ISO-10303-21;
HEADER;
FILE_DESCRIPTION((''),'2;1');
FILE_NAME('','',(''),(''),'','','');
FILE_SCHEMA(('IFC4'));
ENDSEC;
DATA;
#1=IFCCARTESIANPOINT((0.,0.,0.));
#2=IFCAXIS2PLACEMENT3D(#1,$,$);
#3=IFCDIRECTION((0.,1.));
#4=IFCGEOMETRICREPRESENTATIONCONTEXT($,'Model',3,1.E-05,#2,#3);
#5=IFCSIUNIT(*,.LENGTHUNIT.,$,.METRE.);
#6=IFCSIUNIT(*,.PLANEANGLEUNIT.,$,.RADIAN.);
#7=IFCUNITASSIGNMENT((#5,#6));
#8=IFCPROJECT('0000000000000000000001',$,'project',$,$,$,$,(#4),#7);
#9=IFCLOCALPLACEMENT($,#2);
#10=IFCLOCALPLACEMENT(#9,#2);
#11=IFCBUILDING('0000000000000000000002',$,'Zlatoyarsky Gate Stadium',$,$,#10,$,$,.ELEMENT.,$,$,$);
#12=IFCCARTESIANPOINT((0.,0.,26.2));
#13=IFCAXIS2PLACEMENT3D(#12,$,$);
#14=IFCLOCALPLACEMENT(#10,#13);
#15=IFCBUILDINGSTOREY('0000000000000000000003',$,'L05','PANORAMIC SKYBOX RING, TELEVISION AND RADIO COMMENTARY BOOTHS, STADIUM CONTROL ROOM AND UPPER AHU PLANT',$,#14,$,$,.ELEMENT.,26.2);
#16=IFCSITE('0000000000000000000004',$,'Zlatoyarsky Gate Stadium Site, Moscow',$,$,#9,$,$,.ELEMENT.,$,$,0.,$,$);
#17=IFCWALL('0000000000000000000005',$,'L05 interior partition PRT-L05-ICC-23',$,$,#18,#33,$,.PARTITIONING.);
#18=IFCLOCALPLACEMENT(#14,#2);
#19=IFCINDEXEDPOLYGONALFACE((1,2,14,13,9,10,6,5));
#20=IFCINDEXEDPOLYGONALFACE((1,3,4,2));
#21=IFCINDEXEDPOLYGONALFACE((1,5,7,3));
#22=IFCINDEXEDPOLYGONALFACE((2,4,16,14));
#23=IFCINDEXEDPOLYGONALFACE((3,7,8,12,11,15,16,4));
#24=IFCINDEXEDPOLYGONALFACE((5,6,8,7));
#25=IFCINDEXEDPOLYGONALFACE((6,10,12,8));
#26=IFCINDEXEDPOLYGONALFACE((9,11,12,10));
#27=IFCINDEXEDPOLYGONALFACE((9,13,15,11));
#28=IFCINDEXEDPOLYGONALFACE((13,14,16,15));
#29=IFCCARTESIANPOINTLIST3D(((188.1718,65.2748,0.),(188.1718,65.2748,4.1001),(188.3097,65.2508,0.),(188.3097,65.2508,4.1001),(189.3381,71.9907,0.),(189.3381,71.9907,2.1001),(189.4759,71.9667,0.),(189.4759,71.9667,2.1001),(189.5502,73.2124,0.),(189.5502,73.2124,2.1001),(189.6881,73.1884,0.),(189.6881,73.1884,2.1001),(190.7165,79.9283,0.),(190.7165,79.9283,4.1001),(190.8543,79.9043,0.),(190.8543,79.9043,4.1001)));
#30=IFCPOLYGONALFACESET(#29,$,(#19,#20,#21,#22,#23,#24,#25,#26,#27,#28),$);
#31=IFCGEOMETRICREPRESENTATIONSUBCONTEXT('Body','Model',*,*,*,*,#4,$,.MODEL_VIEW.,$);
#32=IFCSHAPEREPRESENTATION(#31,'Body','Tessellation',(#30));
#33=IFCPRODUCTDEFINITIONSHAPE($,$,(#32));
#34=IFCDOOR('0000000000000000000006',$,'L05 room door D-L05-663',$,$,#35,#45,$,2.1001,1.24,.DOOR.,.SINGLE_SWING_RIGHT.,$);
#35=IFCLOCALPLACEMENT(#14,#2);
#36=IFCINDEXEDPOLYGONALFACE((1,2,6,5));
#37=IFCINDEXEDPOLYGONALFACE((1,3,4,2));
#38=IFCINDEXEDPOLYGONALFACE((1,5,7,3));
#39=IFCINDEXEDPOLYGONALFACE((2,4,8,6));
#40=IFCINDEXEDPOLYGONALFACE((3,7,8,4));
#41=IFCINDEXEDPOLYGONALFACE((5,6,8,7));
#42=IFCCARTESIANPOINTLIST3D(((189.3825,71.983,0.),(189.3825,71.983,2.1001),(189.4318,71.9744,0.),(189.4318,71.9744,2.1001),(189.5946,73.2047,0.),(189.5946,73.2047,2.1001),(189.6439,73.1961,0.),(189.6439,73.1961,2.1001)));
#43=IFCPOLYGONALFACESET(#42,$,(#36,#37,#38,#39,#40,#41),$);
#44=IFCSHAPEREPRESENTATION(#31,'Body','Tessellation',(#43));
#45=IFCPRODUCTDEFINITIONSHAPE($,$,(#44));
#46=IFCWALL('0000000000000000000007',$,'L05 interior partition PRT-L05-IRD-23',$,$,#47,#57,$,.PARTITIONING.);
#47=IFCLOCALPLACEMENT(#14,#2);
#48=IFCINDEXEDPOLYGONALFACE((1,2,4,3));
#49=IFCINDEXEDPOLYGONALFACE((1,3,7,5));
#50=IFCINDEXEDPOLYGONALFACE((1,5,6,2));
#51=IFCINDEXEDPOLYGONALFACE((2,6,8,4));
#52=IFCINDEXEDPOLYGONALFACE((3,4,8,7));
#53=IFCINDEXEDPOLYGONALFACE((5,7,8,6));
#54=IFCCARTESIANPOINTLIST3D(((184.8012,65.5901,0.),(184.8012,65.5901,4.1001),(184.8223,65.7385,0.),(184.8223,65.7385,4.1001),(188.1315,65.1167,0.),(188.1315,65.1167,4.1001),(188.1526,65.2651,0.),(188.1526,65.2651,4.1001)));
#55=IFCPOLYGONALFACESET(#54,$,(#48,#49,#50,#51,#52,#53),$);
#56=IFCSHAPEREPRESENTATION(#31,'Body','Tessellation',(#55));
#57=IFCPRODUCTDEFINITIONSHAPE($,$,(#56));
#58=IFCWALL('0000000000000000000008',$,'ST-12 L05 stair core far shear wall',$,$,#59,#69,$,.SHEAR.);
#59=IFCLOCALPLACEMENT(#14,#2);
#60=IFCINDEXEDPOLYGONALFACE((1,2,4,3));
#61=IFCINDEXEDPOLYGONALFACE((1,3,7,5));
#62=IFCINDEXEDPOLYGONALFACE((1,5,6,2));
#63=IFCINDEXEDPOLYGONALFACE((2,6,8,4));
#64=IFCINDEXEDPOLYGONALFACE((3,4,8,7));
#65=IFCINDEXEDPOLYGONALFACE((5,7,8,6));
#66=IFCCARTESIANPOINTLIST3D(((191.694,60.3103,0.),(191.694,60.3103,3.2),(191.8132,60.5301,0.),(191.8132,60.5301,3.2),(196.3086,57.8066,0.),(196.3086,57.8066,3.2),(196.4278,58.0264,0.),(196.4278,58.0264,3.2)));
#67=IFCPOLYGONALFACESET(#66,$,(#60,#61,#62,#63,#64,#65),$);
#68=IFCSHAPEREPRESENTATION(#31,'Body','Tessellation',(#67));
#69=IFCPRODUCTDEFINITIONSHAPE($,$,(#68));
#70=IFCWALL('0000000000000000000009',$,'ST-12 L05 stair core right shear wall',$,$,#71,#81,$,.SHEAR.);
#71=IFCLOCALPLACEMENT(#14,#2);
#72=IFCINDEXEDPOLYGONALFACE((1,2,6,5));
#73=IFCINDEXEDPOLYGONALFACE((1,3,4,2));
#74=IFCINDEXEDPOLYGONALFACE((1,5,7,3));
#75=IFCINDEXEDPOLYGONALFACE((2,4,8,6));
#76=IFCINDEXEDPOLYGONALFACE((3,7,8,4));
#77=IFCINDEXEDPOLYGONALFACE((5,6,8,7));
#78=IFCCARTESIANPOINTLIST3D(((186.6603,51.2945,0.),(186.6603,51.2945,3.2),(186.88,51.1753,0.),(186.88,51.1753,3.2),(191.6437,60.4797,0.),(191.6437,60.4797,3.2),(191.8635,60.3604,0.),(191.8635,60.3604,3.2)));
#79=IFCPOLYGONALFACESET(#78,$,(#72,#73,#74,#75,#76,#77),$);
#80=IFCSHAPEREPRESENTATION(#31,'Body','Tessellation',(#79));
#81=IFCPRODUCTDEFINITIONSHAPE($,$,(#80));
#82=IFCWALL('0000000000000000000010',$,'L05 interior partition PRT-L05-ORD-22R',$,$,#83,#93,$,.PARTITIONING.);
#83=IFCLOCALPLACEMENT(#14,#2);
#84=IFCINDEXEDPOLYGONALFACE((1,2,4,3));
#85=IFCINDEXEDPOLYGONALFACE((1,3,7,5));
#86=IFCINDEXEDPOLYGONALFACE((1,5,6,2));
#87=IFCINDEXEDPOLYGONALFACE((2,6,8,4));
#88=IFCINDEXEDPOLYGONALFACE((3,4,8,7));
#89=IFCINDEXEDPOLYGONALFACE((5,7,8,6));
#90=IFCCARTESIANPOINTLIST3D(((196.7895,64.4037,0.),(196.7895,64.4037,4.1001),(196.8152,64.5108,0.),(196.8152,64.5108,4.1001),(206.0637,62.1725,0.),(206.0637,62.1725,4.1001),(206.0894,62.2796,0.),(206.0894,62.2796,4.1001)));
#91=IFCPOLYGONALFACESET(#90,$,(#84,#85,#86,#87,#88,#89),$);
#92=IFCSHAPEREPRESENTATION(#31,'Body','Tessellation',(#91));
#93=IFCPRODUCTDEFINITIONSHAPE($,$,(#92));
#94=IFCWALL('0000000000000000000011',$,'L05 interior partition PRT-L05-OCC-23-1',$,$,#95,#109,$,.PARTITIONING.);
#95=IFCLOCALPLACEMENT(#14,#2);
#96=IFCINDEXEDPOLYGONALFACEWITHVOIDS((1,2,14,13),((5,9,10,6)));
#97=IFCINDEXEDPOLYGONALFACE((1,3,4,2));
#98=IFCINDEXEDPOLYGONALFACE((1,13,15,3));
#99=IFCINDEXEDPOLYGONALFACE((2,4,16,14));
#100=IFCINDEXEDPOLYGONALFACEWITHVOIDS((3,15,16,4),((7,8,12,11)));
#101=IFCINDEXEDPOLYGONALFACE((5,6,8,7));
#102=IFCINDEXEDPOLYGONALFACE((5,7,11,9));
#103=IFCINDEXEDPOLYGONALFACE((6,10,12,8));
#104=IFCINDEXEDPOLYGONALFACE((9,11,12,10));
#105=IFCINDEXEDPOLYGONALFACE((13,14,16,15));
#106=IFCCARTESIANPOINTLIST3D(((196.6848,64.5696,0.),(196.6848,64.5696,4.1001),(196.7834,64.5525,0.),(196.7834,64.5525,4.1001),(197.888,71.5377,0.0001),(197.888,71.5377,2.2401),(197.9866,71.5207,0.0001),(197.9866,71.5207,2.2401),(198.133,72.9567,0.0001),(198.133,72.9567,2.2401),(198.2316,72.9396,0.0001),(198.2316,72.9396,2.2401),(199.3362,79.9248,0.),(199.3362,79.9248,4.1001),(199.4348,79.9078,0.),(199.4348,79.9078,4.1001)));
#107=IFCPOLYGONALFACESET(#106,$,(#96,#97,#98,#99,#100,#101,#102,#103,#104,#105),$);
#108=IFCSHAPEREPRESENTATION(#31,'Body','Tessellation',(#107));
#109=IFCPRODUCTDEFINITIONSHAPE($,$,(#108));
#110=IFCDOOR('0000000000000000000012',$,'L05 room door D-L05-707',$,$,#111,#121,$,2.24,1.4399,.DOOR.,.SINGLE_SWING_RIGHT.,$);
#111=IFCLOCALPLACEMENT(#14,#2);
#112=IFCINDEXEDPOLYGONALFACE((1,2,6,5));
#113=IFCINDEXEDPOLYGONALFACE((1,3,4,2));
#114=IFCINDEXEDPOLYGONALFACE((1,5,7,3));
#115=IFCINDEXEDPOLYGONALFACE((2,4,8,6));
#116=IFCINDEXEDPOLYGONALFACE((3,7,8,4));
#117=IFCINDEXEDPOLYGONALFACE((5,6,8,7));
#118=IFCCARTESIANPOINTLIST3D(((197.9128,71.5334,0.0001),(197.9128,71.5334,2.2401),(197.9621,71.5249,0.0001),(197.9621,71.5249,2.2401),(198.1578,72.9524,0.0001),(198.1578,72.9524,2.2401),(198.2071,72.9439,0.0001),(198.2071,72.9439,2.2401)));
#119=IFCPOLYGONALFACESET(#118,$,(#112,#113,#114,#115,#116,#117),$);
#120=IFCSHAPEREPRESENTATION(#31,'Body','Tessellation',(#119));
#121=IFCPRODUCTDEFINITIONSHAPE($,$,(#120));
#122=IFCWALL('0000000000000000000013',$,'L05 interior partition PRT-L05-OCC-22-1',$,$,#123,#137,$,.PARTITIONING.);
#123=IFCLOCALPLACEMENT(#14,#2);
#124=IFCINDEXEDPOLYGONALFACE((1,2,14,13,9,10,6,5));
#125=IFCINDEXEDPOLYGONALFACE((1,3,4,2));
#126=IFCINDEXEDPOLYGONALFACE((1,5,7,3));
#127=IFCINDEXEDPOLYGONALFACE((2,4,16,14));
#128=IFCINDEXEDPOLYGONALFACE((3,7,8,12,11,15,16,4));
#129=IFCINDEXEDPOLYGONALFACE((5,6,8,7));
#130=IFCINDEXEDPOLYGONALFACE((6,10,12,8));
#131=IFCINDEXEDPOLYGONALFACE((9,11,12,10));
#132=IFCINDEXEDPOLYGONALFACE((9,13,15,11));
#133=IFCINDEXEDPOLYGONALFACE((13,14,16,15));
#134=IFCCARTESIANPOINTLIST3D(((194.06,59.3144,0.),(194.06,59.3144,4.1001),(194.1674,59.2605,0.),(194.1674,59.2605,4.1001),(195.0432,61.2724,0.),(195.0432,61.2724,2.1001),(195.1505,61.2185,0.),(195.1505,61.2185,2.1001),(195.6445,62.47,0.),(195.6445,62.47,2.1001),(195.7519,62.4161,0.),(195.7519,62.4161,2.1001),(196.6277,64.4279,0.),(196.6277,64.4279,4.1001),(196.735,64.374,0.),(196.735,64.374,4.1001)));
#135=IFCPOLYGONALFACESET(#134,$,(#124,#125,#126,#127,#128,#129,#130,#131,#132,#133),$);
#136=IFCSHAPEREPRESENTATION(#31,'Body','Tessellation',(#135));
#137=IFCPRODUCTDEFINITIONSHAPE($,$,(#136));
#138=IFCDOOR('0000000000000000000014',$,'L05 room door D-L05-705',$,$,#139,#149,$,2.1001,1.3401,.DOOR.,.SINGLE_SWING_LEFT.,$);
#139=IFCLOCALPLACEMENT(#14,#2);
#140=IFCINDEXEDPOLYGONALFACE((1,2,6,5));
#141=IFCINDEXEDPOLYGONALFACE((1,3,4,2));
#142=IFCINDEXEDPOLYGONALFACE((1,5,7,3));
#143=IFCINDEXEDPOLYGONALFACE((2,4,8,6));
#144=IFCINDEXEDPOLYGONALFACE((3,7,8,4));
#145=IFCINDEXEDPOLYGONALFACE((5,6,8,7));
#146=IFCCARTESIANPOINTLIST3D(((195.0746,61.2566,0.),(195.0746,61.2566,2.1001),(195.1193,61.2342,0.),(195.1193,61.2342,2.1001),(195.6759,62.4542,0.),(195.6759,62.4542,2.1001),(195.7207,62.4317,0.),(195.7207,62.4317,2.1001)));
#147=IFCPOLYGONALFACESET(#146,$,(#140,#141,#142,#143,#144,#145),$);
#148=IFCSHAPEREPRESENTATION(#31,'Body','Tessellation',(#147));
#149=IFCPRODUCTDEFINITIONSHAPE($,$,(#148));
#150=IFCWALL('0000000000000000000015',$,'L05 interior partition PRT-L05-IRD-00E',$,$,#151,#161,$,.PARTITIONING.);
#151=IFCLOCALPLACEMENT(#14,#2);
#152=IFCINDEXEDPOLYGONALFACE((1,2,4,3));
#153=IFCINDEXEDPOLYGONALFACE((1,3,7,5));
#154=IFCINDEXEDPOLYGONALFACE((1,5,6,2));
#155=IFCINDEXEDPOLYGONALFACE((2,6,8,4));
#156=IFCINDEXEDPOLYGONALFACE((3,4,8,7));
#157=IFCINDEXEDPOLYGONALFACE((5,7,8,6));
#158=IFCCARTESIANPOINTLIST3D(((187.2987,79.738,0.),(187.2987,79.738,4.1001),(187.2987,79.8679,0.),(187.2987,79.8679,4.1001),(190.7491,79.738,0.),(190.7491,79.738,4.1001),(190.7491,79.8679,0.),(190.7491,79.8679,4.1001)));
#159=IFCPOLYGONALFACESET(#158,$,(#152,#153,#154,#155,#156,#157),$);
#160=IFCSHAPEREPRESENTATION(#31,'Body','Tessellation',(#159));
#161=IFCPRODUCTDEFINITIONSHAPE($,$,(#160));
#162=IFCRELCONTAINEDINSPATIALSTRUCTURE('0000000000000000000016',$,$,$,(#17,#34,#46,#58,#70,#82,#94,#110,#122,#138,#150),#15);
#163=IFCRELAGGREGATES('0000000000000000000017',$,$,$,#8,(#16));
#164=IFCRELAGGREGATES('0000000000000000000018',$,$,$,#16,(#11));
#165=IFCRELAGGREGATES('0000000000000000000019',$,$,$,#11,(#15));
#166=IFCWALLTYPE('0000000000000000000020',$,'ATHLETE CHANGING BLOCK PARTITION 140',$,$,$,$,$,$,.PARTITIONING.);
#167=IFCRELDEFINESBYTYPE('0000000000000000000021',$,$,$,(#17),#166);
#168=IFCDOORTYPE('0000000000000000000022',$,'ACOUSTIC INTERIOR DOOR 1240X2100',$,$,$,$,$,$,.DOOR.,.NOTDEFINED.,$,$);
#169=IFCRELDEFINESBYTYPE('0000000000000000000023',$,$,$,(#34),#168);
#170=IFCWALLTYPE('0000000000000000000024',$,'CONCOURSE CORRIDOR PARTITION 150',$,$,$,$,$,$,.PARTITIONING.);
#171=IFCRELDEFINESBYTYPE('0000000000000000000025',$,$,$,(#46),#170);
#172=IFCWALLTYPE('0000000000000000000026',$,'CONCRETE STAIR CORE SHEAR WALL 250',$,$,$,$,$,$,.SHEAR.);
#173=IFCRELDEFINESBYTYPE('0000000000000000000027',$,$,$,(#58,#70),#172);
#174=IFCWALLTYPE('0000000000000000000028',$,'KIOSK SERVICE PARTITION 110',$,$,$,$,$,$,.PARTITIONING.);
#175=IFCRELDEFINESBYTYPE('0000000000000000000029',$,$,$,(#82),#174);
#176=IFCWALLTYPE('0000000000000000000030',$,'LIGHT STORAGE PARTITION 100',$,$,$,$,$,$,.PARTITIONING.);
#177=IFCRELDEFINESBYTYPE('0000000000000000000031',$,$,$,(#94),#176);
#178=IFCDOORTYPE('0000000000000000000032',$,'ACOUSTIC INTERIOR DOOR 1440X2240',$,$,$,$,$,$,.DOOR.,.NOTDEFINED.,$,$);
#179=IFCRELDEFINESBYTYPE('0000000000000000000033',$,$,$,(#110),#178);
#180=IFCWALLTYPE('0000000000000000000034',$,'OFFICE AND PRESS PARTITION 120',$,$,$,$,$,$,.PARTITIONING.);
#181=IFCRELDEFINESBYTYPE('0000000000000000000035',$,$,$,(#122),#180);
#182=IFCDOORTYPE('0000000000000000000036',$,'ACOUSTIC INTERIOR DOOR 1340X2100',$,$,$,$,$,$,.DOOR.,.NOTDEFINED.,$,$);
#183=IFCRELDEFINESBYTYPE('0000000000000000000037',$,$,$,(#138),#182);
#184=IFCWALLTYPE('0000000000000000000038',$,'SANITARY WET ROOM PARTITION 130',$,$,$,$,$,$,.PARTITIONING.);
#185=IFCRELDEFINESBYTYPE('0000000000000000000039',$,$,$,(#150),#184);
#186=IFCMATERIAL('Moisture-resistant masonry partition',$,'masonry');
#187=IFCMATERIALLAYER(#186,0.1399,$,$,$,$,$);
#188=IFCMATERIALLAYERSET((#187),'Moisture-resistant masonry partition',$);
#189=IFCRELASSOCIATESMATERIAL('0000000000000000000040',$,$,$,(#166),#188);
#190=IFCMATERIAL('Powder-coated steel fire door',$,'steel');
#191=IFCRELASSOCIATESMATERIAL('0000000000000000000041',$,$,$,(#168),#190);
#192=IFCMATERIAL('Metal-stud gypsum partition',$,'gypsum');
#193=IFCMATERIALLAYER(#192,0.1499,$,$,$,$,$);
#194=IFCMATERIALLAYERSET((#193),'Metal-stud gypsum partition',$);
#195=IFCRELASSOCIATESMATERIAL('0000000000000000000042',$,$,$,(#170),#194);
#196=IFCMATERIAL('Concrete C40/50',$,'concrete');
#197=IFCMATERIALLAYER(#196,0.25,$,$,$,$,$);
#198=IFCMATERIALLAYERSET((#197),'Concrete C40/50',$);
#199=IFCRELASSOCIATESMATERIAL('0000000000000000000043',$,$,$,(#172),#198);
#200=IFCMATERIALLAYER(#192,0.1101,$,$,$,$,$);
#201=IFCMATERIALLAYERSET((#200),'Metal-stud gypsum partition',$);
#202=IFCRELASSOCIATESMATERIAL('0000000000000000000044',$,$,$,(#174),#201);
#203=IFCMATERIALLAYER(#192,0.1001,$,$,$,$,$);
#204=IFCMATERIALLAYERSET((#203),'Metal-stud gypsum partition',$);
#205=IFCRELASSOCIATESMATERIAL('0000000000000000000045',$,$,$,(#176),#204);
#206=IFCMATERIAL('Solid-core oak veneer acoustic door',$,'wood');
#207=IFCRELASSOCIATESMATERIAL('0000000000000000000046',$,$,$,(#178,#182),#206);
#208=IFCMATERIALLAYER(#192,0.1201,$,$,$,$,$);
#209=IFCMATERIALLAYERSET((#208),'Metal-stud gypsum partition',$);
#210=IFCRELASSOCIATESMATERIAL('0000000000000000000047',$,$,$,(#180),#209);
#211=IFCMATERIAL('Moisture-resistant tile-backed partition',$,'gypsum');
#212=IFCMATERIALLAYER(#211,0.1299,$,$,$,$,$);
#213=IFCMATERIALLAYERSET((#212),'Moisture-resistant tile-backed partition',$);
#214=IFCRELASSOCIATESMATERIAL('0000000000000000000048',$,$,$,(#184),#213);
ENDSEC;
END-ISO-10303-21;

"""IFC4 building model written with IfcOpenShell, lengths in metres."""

from ifc_helpers import new_model, si_unit, direction, frame, frame_2d, origin, place, context, subcontext, project, spatial, rectangle, extrude, material, layer, layer_set, type_object, element, fill, save


model = new_model("IFC4")

# Units and contexts
model_context = context("Model", 3, precision=1e-05, world=origin(), true_north=direction((0.0, 1.0)))
body_context = subcontext(model_context, "Body", "Model", "MODEL_VIEW")
ifc_project = project(units=[si_unit("LENGTHUNIT", "METRE"), si_unit("PLANEANGLEUNIT", "RADIAN")], contexts=[model_context])

# Site, building, storey
site_placement = place(None, origin())
site = spatial("IfcSite", under=ifc_project, at=site_placement, Name="Zlatoyarsky Gate Stadium Site, Moscow", CompositionType="ELEMENT", RefElevation=0.0)
building_placement = place(site_placement, origin())
building = spatial("IfcBuilding", under=site, at=building_placement, Name="Zlatoyarsky Gate Stadium", CompositionType="ELEMENT")
storey_placement = place(building_placement, frame((0.0, 0.0, 26.2)))
storey = spatial("IfcBuildingStorey", under=building, at=storey_placement, Name="L05", Description="PANORAMIC SKYBOX RING, TELEVISION AND RADIO COMMENTARY BOOTHS, STADIUM CONTROL ROOM AND UPPER AHU PLANT", CompositionType="ELEMENT", Elevation=26.2)

# Wall, opening, door
ifc_material_1 = material(Name="Moisture-resistant masonry partition", Category="masonry")
ifc_layer_1 = layer(ifc_material_1, 0.1399)
ifc_layer_set_1 = layer_set([ifc_layer_1], Name="Moisture-resistant masonry partition")
wall_type_1 = type_object("IfcWallType", Name="ATHLETE CHANGING BLOCK PARTITION 140", PredefinedType="PARTITIONING", material=ifc_layer_set_1)
wall_1_placement = place(storey_placement, frame((188.2407, 65.2627, 0.0), z_axis=(0.0, 0.0, 1.0), x_axis=(0.171095, 0.985254, 0.0)))
wall_1 = element("IfcWall", 1, at=wall_1_placement, inside=storey, type_object=wall_type_1, Name="L05 interior partition PRT-L05-ICC-23", PredefinedType="PARTITIONING", context=body_context, shape_type="SweptSolid", body=[
    extrude(rectangle(XDim=14.8728, YDim=0.1399, at=frame_2d((7.4365, 0.0))), origin(), (0.0, 0.0, 1.0), 4.1001),
])
opening_1_placement = place(wall_1_placement, frame((6.8164, 0.0, 0.0)))
opening_1 = element("IfcOpeningElement", 2, at=opening_1_placement, cuts=wall_1, PredefinedType="OPENING", context=body_context, shape_type="SweptSolid", body=[
    extrude(rectangle(XDim=1.24, YDim=2.1001, at=frame_2d((0.6201, 1.05))), frame((0.0, 0.0798, 0.0), z_axis=(0.0, -1.0, 0.0), x_axis=(1.0, 0.0, 0.0)), (0.0, 0.0, 1.0), 0.1599),
])
ifc_material_2 = material(Name="Powder-coated steel fire door", Category="steel")
door_type_1 = type_object("IfcDoorType", Name="ACOUSTIC INTERIOR DOOR 1240X2100", OperationType="NOTDEFINED", PredefinedType="DOOR", material=ifc_material_2)
door_1_placement = place(opening_1_placement, origin())
door_1 = element("IfcDoor", 3, at=door_1_placement, inside=storey, type_object=door_type_1, Name="L05 room door D-L05-663", OperationType="SINGLE_SWING_RIGHT", OverallHeight=2.1001, OverallWidth=1.24, PredefinedType="DOOR", context=body_context, shape_type="SweptSolid", body=[
    extrude(rectangle(XDim=1.24, YDim=2.1001, at=frame_2d((0.6201, 1.05))), frame((0.0, 0.0249, 0.0), z_axis=(0.0, -1.0, 0.0), x_axis=(1.0, 0.0, 0.0)), (0.0, 0.0, 1.0), 0.05),
])
fill(opening_1, door_1)

# Walls
ifc_material_3 = material(Name="Metal-stud gypsum partition", Category="gypsum")
ifc_layer_2 = layer(ifc_material_3, 0.1499)
ifc_layer_set_2 = layer_set([ifc_layer_2], Name="Metal-stud gypsum partition")
wall_type_2 = type_object("IfcWallType", Name="CONCOURSE CORRIDOR PARTITION 150", PredefinedType="PARTITIONING", material=ifc_layer_set_2)
wall_2_placement = place(storey_placement, frame((184.8118, 65.6643, 0.0), z_axis=(0.0, 0.0, 1.0), x_axis=(0.990048, -0.14073, 0.0)))
element("IfcWall", 4, at=wall_2_placement, inside=storey, type_object=wall_type_2, Name="L05 interior partition PRT-L05-IRD-23", PredefinedType="PARTITIONING", context=body_context, shape_type="SweptSolid", body=[
    extrude(rectangle(XDim=3.3638, YDim=0.1499, at=frame_2d((1.6819, 0.0))), origin(), (0.0, 0.0, 1.0), 4.1001),
])
ifc_material_4 = material(Name="Concrete C40/50", Category="concrete")
ifc_layer_3 = layer(ifc_material_4, 0.25)
ifc_layer_set_3 = layer_set([ifc_layer_3], Name="Concrete C40/50")
wall_type_3 = type_object("IfcWallType", Name="CONCRETE STAIR CORE SHEAR WALL 250", PredefinedType="SHEAR", material=ifc_layer_set_3)
wall_3_placement = place(storey_placement, frame((196.3682, 57.9165, 0.0), z_axis=(0.0, 0.0, 1.0), x_axis=(-0.878961, 0.476893, 0.0)))
element("IfcWall", 5, at=wall_3_placement, inside=storey, type_object=wall_type_3, Name="ST-12 L05 stair core far shear wall", PredefinedType="SHEAR", context=body_context, shape_type="SweptSolid", body=[
    extrude(rectangle(XDim=5.25, YDim=0.25, at=frame_2d((2.625, 0.0))), origin(), (0.0, 0.0, 1.0), 3.2),
])
wall_4_placement = place(storey_placement, frame((191.7537, 60.4202, 0.0), z_axis=(0.0, 0.0, 1.0), x_axis=(-0.476887, -0.878965, 0.0)))
element("IfcWall", 6, at=wall_4_placement, inside=storey, type_object=wall_type_3, Name="ST-12 L05 stair core right shear wall", PredefinedType="SHEAR", context=body_context, shape_type="SweptSolid", body=[
    extrude(rectangle(XDim=10.45, YDim=0.25, at=frame_2d((5.2251, 0.0))), origin(), (0.0, 0.0, 1.0), 3.2),
])
ifc_layer_4 = layer(ifc_material_3, 0.1101)
ifc_layer_set_4 = layer_set([ifc_layer_4], Name="Metal-stud gypsum partition")
wall_type_4 = type_object("IfcWallType", Name="KIOSK SERVICE PARTITION 110", PredefinedType="PARTITIONING", material=ifc_layer_set_4)
wall_5_placement = place(storey_placement, frame((196.8022, 64.4573, 0.0), z_axis=(0.0, 0.0, 1.0), x_axis=(0.972259, -0.233908, 0.0)))
element("IfcWall", 7, at=wall_5_placement, inside=storey, type_object=wall_type_4, Name="L05 interior partition PRT-L05-ORD-22R", PredefinedType="PARTITIONING", context=body_context, shape_type="SweptSolid", body=[
    extrude(rectangle(XDim=9.5388, YDim=0.1101, at=frame_2d((4.7695, 0.0))), origin(), (0.0, 0.0, 1.0), 4.1001),
])

# Walls, openings, doors
ifc_layer_5 = layer(ifc_material_3, 0.1001)
ifc_layer_set_5 = layer_set([ifc_layer_5], Name="Metal-stud gypsum partition")
wall_type_5 = type_object("IfcWallType", Name="LIGHT STORAGE PARTITION 100", PredefinedType="PARTITIONING", material=ifc_layer_set_5)
wall_6_placement = place(storey_placement, frame((196.7341, 64.561, 0.0), z_axis=(0.0, 0.0, 1.0), x_axis=(0.170151, 0.985418, 0.0)))
wall_6 = element("IfcWall", 8, at=wall_6_placement, inside=storey, type_object=wall_type_5, Name="L05 interior partition PRT-L05-OCC-23-1", PredefinedType="PARTITIONING", context=body_context, shape_type="SweptSolid", body=[
    extrude(rectangle(XDim=15.5825, YDim=0.1001, at=frame_2d((7.7913, 0.0))), origin(), (0.0, 0.0, 1.0), 4.1001),
])
opening_2_placement = place(wall_6_placement, frame((7.0713, 0.0, 0.0)))
opening_2 = element("IfcOpeningElement", 9, at=opening_2_placement, cuts=wall_6, PredefinedType="OPENING", context=body_context, shape_type="SweptSolid", body=[
    extrude(rectangle(XDim=1.4399, YDim=2.24, at=frame_2d((0.72, 1.1201))), frame((0.0, 0.0601, 0.0), z_axis=(0.0, -1.0, 0.0), x_axis=(1.0, 0.0, 0.0)), (0.0, 0.0, 1.0), 0.1201),
])
ifc_material_5 = material(Name="Solid-core oak veneer acoustic door", Category="wood")
door_type_2 = type_object("IfcDoorType", Name="ACOUSTIC INTERIOR DOOR 1440X2240", OperationType="NOTDEFINED", PredefinedType="DOOR", material=ifc_material_5)
door_2_placement = place(opening_2_placement, origin())
door_2 = element("IfcDoor", 10, at=door_2_placement, inside=storey, type_object=door_type_2, Name="L05 room door D-L05-707", OperationType="SINGLE_SWING_RIGHT", OverallHeight=2.24, OverallWidth=1.4399, PredefinedType="DOOR", context=body_context, shape_type="SweptSolid", body=[
    extrude(rectangle(XDim=1.4399, YDim=2.24, at=frame_2d((0.72, 1.1201))), frame((0.0, 0.0249, 0.0), z_axis=(0.0, -1.0, 0.0), x_axis=(1.0, 0.0, 0.0)), (0.0, 0.0, 1.0), 0.05),
])
fill(opening_2, door_2)
ifc_layer_6 = layer(ifc_material_3, 0.1201)
ifc_layer_set_6 = layer_set([ifc_layer_6], Name="Metal-stud gypsum partition")
wall_type_6 = type_object("IfcWallType", Name="OFFICE AND PRESS PARTITION 120", PredefinedType="PARTITIONING", material=ifc_layer_set_6)
wall_7_placement = place(storey_placement, frame((194.1138, 59.2876, 0.0), z_axis=(0.0, 0.0, 1.0), x_axis=(0.448732, 0.893666, 0.0)))
wall_7 = element("IfcWall", 11, at=wall_7_placement, inside=storey, type_object=wall_type_6, Name="L05 interior partition PRT-L05-OCC-22-1", PredefinedType="PARTITIONING", context=body_context, shape_type="SweptSolid", body=[
    extrude(rectangle(XDim=5.7219, YDim=0.1201, at=frame_2d((2.8608, 0.0))), origin(), (0.0, 0.0, 1.0), 4.1001),
])
opening_3_placement = place(wall_7_placement, frame((2.1909, 0.0, 0.0)))
opening_3 = element("IfcOpeningElement", 12, at=opening_3_placement, cuts=wall_7, PredefinedType="OPENING", context=body_context, shape_type="SweptSolid", body=[
    extrude(rectangle(XDim=1.3401, YDim=2.1001, at=frame_2d((0.6699, 1.05))), frame((0.0, 0.0701, 0.0), z_axis=(0.0, -1.0, 0.0), x_axis=(1.0, 0.0, 0.0)), (0.0, 0.0, 1.0), 0.1401),
])
door_type_3 = type_object("IfcDoorType", Name="ACOUSTIC INTERIOR DOOR 1340X2100", OperationType="NOTDEFINED", PredefinedType="DOOR", material=ifc_material_5)
door_3_placement = place(opening_3_placement, origin())
door_3 = element("IfcDoor", 13, at=door_3_placement, inside=storey, type_object=door_type_3, Name="L05 room door D-L05-705", OperationType="SINGLE_SWING_LEFT", OverallHeight=2.1001, OverallWidth=1.3401, PredefinedType="DOOR", context=body_context, shape_type="SweptSolid", body=[
    extrude(rectangle(XDim=1.3401, YDim=2.1001, at=frame_2d((0.6699, 1.05))), frame((0.0, 0.0249, 0.0), z_axis=(0.0, -1.0, 0.0), x_axis=(1.0, 0.0, 0.0)), (0.0, 0.0, 1.0), 0.05),
])
fill(opening_3, door_3)

# Wall
ifc_material_6 = material(Name="Moisture-resistant tile-backed partition", Category="gypsum")
ifc_layer_7 = layer(ifc_material_6, 0.1299)
ifc_layer_set_7 = layer_set([ifc_layer_7], Name="Moisture-resistant tile-backed partition")
wall_type_7 = type_object("IfcWallType", Name="SANITARY WET ROOM PARTITION 130", PredefinedType="PARTITIONING", material=ifc_layer_set_7)
wall_8_placement = place(storey_placement, frame((187.2988, 79.803, 0.0), z_axis=(0.0, 0.0, 1.0), x_axis=(1.0, 0.0, 0.0)))
element("IfcWall", 14, at=wall_8_placement, inside=storey, type_object=wall_type_7, Name="L05 interior partition PRT-L05-IRD-00E", PredefinedType="PARTITIONING", context=body_context, shape_type="SweptSolid", body=[
    extrude(rectangle(XDim=3.4504, YDim=0.1299, at=frame_2d((1.7251, 0.0))), origin(), (0.0, 0.0, 1.0), 4.1001),
])

save(model, "model.ifc")
